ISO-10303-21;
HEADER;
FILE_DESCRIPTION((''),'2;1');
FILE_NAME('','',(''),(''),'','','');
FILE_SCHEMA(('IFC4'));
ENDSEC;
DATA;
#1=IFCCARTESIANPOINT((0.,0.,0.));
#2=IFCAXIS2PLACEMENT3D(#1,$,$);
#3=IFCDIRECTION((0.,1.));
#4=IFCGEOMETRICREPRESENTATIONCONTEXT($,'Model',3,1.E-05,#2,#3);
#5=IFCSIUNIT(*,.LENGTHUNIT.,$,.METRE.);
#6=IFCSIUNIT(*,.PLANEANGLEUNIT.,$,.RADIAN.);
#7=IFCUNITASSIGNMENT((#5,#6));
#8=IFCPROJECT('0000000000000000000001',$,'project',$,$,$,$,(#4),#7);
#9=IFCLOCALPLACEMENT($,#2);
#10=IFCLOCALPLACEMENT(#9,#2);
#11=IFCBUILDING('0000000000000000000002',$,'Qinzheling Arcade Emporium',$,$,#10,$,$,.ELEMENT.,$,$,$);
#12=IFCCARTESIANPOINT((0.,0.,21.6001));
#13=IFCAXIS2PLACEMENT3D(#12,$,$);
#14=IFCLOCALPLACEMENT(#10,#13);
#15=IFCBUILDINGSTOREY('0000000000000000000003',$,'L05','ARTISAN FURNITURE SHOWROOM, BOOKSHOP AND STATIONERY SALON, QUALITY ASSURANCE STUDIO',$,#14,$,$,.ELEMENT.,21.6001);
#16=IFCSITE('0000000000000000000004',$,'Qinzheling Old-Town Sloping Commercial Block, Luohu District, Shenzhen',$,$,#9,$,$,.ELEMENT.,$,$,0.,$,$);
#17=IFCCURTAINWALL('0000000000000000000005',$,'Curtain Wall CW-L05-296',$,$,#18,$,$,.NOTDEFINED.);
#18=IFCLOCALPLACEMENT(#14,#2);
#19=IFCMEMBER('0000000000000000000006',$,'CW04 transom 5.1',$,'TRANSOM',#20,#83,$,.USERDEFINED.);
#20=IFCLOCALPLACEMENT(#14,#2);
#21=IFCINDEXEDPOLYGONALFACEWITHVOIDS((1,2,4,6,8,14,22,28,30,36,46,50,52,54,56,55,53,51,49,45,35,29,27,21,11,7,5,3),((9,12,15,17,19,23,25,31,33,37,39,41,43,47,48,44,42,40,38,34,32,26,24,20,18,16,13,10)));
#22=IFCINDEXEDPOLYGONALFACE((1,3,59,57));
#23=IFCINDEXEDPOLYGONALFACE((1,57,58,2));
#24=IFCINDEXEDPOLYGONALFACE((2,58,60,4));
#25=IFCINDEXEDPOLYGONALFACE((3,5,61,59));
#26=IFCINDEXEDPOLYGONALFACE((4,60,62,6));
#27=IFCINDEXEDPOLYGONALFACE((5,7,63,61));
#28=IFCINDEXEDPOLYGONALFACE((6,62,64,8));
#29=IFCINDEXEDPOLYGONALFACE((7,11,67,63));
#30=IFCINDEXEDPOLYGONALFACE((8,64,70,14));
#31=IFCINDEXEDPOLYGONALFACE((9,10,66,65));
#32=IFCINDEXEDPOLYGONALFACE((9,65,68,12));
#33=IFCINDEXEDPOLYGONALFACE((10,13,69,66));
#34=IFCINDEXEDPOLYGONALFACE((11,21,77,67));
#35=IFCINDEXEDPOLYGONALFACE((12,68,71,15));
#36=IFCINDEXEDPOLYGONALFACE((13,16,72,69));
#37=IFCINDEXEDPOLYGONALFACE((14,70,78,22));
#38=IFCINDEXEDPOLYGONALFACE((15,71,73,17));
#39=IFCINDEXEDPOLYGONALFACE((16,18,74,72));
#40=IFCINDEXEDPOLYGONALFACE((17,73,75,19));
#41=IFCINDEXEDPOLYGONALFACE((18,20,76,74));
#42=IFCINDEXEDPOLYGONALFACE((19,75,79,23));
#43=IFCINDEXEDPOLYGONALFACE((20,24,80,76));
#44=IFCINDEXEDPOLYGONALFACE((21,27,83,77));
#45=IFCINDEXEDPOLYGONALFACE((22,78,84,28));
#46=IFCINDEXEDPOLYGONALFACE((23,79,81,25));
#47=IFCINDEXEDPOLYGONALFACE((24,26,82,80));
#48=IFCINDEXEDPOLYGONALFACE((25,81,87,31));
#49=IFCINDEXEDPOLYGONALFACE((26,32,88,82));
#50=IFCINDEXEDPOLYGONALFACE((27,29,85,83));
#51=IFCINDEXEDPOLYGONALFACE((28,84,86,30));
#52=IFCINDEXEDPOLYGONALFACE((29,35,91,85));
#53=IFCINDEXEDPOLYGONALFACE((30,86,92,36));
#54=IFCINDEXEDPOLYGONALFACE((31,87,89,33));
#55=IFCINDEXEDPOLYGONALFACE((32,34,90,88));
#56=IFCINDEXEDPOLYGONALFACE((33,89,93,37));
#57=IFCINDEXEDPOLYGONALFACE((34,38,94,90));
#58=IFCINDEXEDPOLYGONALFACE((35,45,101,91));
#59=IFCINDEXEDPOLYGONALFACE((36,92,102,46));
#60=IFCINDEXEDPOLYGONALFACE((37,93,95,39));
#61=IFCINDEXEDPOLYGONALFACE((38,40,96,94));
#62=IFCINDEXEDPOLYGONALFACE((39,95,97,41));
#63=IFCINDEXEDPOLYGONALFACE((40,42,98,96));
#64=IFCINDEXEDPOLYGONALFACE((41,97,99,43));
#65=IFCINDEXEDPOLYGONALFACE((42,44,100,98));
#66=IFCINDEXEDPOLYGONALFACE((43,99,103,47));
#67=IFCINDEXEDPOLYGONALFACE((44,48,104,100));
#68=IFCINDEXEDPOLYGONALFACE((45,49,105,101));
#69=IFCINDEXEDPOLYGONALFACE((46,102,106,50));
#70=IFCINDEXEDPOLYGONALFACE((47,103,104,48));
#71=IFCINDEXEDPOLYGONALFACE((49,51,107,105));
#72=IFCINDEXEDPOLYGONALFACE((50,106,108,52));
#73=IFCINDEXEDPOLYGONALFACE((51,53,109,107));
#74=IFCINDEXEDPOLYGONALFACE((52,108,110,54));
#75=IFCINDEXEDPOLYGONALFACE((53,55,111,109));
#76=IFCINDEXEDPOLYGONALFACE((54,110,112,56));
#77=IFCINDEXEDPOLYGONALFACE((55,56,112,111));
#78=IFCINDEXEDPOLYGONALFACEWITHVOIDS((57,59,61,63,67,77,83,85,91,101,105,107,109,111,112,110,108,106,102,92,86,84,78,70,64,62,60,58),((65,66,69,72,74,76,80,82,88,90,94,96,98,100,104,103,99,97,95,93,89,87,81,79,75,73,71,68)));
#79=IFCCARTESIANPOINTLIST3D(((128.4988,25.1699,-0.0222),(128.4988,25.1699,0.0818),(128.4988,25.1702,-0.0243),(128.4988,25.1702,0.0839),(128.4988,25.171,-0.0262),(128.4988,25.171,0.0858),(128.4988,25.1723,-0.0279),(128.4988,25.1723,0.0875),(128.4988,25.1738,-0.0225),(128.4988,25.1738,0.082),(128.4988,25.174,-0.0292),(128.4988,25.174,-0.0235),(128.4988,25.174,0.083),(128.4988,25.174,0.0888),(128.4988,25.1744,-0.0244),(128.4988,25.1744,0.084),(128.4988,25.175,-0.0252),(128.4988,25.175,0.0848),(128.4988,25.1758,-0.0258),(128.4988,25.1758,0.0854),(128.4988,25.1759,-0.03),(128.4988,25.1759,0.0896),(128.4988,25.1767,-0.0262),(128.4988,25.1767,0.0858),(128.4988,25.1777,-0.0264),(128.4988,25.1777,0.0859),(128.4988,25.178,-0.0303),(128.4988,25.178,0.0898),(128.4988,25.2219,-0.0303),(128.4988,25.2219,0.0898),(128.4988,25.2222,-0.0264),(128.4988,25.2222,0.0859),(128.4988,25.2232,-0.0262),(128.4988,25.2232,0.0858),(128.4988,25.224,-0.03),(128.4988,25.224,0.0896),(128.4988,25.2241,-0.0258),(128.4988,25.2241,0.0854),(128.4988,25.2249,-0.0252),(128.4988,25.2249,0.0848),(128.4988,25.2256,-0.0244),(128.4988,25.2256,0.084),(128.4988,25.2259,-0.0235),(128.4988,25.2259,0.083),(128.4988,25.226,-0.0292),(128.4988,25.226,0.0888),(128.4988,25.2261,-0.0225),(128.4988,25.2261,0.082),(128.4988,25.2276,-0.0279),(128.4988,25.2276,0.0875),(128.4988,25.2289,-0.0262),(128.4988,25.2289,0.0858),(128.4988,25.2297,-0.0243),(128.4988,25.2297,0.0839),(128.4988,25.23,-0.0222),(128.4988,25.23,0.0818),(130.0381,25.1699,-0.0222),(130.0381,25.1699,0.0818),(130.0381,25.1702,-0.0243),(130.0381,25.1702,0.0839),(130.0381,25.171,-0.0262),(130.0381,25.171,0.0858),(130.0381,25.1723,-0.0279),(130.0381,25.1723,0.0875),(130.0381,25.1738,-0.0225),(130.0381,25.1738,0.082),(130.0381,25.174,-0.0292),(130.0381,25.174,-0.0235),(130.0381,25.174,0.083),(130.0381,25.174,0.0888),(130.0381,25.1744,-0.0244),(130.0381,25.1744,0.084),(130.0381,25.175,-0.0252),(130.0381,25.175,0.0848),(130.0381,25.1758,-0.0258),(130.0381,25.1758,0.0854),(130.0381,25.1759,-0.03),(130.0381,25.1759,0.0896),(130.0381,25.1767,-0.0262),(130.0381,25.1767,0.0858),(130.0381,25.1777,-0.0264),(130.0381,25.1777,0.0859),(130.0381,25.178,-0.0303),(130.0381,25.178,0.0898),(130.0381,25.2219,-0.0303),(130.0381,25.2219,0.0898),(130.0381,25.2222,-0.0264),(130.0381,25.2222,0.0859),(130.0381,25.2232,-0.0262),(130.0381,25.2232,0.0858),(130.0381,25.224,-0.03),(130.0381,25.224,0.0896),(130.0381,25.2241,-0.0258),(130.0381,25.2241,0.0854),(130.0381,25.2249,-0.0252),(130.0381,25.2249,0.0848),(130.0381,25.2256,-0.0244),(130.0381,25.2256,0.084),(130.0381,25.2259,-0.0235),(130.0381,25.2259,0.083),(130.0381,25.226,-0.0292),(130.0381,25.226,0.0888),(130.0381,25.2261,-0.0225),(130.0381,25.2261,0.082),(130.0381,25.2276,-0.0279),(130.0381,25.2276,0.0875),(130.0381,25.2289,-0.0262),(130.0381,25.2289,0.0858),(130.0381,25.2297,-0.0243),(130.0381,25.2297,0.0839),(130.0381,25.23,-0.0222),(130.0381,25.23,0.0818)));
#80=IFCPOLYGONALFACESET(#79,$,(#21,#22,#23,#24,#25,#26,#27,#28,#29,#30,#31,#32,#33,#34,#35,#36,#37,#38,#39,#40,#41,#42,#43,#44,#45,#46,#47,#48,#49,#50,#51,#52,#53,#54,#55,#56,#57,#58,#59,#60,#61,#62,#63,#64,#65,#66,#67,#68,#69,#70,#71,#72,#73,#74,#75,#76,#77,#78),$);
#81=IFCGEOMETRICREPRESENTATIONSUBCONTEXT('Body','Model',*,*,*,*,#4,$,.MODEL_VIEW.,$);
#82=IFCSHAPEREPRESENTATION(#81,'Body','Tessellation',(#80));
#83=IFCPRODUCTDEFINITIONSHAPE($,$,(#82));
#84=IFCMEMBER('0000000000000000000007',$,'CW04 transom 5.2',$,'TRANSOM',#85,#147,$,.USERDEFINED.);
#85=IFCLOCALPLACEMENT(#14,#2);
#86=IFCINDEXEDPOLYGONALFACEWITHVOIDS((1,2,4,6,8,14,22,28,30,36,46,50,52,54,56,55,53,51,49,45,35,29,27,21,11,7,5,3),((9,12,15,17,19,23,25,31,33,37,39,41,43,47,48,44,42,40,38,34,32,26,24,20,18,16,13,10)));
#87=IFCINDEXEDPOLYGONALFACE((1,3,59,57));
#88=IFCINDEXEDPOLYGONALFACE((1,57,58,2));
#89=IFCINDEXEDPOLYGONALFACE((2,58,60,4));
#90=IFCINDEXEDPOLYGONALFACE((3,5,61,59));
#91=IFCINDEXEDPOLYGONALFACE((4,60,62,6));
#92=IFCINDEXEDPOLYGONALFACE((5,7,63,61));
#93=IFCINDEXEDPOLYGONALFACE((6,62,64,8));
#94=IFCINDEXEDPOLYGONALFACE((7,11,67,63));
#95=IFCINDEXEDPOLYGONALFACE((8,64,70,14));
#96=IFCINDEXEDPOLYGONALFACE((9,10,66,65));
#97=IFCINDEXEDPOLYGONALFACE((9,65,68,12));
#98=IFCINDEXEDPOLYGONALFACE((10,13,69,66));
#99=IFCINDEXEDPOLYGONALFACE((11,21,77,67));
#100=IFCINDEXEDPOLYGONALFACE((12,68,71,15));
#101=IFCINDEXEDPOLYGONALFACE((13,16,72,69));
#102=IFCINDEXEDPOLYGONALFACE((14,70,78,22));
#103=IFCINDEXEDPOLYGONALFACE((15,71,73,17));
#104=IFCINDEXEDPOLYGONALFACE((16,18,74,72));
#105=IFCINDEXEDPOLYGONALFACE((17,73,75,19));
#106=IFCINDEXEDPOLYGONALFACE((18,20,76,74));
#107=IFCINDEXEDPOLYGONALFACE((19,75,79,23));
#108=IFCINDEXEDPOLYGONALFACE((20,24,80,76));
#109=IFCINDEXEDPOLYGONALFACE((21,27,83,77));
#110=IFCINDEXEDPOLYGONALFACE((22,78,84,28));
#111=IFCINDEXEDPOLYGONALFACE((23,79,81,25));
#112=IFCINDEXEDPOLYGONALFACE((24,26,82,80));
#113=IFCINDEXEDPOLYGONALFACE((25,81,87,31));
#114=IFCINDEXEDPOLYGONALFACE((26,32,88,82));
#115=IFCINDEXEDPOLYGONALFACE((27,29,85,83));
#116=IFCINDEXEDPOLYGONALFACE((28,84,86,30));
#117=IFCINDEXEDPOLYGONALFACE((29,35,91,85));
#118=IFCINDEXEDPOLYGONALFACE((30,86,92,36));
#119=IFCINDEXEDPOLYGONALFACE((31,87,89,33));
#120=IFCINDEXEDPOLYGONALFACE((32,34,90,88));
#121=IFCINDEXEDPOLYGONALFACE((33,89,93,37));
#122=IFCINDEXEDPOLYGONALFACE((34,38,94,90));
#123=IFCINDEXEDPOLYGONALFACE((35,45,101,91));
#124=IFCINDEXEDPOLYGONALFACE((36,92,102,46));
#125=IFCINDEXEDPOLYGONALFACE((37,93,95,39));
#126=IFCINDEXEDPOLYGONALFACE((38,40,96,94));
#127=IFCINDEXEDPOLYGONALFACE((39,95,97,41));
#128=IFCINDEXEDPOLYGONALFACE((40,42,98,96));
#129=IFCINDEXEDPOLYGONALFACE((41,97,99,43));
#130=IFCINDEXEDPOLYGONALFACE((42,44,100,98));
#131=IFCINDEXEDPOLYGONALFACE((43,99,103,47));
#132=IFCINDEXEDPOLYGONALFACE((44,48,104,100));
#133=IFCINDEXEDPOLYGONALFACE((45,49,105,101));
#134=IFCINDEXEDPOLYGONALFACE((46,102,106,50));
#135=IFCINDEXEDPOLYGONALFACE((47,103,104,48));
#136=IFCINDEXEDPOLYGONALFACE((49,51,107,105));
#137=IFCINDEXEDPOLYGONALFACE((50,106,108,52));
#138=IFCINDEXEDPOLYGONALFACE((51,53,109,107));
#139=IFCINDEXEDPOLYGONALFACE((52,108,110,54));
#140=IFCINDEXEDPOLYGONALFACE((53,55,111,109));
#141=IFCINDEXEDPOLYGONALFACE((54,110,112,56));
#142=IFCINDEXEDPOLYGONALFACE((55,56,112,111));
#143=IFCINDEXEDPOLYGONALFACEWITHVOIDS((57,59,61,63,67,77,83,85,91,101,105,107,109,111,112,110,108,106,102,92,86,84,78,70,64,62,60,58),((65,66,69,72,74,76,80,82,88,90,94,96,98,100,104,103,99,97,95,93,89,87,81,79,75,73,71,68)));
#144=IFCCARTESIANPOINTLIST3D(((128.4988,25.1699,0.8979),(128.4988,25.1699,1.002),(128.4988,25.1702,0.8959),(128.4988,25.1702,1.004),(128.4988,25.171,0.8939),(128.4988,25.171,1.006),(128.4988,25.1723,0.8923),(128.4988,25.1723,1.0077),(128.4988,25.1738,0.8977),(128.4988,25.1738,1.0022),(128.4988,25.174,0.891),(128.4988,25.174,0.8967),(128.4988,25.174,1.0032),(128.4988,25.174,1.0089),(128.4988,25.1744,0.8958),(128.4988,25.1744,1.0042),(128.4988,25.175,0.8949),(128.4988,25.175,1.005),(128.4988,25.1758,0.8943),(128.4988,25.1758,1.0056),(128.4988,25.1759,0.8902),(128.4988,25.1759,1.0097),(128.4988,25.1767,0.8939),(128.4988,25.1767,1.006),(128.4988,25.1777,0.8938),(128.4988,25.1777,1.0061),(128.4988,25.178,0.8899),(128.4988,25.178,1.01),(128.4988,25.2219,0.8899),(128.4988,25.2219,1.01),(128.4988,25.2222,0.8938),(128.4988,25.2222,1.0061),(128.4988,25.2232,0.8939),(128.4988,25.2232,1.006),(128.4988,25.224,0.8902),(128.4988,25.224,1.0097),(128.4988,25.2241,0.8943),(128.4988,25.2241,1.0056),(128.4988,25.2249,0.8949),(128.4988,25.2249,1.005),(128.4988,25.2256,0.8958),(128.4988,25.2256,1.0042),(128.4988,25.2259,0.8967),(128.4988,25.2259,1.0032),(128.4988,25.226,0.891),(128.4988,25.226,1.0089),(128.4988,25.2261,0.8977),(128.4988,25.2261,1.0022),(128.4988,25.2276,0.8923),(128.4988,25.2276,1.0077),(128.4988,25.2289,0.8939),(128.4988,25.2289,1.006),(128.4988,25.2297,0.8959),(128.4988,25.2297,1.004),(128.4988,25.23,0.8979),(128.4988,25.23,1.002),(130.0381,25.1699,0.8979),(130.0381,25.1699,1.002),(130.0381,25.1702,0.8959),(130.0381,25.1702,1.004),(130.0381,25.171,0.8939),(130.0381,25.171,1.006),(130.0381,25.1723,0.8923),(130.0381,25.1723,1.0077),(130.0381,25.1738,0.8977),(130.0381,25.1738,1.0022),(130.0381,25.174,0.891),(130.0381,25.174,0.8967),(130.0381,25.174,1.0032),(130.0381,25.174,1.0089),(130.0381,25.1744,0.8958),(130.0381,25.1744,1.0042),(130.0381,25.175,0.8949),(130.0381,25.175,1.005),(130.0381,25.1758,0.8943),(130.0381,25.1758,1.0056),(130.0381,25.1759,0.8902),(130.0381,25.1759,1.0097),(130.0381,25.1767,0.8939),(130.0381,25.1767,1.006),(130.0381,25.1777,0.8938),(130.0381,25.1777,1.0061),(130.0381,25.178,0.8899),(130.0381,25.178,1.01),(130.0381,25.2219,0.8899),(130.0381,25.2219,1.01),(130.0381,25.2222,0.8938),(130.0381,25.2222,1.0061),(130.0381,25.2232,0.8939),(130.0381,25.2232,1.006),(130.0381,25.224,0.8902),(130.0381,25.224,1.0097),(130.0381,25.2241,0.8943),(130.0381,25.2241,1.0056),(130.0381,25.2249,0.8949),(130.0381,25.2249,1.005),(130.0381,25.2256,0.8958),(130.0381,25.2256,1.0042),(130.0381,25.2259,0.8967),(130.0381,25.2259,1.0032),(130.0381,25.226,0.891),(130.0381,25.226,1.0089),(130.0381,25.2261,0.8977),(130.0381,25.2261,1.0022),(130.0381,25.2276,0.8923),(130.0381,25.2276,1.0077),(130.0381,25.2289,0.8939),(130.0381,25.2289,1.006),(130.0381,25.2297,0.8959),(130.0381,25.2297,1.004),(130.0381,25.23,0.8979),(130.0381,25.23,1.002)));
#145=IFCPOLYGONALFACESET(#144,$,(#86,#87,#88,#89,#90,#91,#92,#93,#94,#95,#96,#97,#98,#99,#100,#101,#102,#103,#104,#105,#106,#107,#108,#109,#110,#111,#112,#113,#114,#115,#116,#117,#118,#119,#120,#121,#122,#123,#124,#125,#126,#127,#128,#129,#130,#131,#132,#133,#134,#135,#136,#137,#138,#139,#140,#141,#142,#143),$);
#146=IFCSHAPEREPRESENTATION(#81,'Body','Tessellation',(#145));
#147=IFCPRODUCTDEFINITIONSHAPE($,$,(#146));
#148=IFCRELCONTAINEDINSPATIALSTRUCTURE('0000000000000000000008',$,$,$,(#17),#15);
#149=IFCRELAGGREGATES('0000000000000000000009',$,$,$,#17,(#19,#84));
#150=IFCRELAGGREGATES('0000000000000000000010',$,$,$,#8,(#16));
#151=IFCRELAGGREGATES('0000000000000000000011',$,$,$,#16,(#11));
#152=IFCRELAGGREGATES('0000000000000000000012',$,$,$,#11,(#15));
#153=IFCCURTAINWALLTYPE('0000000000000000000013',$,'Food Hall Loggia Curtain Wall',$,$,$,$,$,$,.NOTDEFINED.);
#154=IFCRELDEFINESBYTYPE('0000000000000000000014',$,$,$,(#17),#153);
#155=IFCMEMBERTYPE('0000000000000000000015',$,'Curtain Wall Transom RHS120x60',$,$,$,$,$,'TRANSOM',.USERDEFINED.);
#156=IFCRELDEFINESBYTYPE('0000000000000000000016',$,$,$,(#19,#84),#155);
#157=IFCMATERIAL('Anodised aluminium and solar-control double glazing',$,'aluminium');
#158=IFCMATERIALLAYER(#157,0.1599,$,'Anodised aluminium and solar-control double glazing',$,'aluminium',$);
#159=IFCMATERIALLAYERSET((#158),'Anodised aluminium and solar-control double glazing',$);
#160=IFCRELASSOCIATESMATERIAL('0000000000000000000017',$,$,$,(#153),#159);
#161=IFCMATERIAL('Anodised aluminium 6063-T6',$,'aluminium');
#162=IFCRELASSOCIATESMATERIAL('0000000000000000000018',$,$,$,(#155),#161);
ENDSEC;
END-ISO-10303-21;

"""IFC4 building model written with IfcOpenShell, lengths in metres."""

from ifc_helpers import new_model, si_unit, direction, frame, origin, origin_2d, place, context, subcontext, project, spatial, hollow_rectangle, extrude, material, layer, layer_set, material_profile, profile_set, type_object, element, aggregate, save


model = new_model("IFC4")

# Units and contexts
model_context = context("Model", 3, precision=1e-05, world=origin(), true_north=direction((0.0, 1.0)))
body_context = subcontext(model_context, "Body", "Model", "MODEL_VIEW")
ifc_project = project(units=[si_unit("LENGTHUNIT", "METRE"), si_unit("PLANEANGLEUNIT", "RADIAN")], contexts=[model_context])

# Site, building, storey
site_placement = place(None, origin())
site = spatial("IfcSite", under=ifc_project, at=site_placement, Name="Qinzheling Old-Town Sloping Commercial Block, Luohu District, Shenzhen", CompositionType="ELEMENT", RefElevation=0.0)
building_placement = place(site_placement, origin())
building = spatial("IfcBuilding", under=site, at=building_placement, Name="Qinzheling Arcade Emporium", CompositionType="ELEMENT")
storey_placement = place(building_placement, frame((0.0, 0.0, 21.6001)))
storey = spatial("IfcBuildingStorey", under=building, at=storey_placement, Name="L05", Description="ARTISAN FURNITURE SHOWROOM, BOOKSHOP AND STATIONERY SALON, QUALITY ASSURANCE STUDIO", CompositionType="ELEMENT", Elevation=21.6001)

# Curtain wall
ifc_material_1 = material(Name="Anodised aluminium and solar-control double glazing", Category="aluminium")
ifc_layer_1 = layer(ifc_material_1, 0.1599, Name="Anodised aluminium and solar-control double glazing", Category="aluminium")
ifc_layer_set_1 = layer_set([ifc_layer_1], Name="Anodised aluminium and solar-control double glazing")
curtain_wall_type = type_object("IfcCurtainWallType", Name="Food Hall Loggia Curtain Wall", PredefinedType="NOTDEFINED", material=ifc_layer_set_1)
curtain_wall_1_placement = place(storey_placement, origin())
curtain_wall_1 = element("IfcCurtainWall", 1, at=curtain_wall_1_placement, inside=storey, type_object=curtain_wall_type, Name="Curtain Wall CW-L05-296", PredefinedType="NOTDEFINED")
ifc_material_2 = material(Name="Anodised aluminium 6063-T6", Category="aluminium")

# Members
ifc_material_profile_1 = material_profile(ifc_material_2, hollow_rectangle(XDim=0.0601, YDim=0.1201, WallThickness=0.0039, InnerFilletRadius=0.0039, OuterFilletRadius=0.0081, at=origin_2d()), Name="RHS 120x60x4", Category="aluminium")
ifc_profile_set_1 = profile_set([ifc_material_profile_1], Name="Anodised aluminium 6063-T6")
member_type_1 = type_object("IfcMemberType", Name="Curtain Wall Transom RHS120x60", ElementType="TRANSOM", PredefinedType="USERDEFINED", material=ifc_profile_set_1)
member_1_placement = place(storey_placement, frame((128.4988, 25.2, 0.0298), z_axis=(1.0, 0.0, 0.0), x_axis=(0.0, 1.0, 0.0)))
member_1 = element("IfcMember", 2, at=member_1_placement, type_object=member_type_1, Name="CW04 transom 5.1", ObjectType="TRANSOM", PredefinedType="USERDEFINED", context=body_context, shape_type="SweptSolid", body=[
    extrude(hollow_rectangle(XDim=0.0601, YDim=0.1201, WallThickness=0.0039, InnerFilletRadius=0.0039, OuterFilletRadius=0.0081, at=origin_2d()), origin(), (0.0, 0.0, 1.0), 1.5393),
])
member_2_placement = place(storey_placement, frame((128.4988, 25.2, 0.95), z_axis=(1.0, 0.0, 0.0), x_axis=(0.0, 1.0, 0.0)))
member_2 = element("IfcMember", 3, at=member_2_placement, type_object=member_type_1, Name="CW04 transom 5.2", ObjectType="TRANSOM", PredefinedType="USERDEFINED", context=body_context, shape_type="SweptSolid", body=[
    extrude(hollow_rectangle(XDim=0.0601, YDim=0.1201, WallThickness=0.0039, InnerFilletRadius=0.0039, OuterFilletRadius=0.0081, at=origin_2d()), origin(), (0.0, 0.0, 1.0), 1.5393),
])

aggregate(curtain_wall_1, [member_1, member_2])

save(model, "model.ifc")
